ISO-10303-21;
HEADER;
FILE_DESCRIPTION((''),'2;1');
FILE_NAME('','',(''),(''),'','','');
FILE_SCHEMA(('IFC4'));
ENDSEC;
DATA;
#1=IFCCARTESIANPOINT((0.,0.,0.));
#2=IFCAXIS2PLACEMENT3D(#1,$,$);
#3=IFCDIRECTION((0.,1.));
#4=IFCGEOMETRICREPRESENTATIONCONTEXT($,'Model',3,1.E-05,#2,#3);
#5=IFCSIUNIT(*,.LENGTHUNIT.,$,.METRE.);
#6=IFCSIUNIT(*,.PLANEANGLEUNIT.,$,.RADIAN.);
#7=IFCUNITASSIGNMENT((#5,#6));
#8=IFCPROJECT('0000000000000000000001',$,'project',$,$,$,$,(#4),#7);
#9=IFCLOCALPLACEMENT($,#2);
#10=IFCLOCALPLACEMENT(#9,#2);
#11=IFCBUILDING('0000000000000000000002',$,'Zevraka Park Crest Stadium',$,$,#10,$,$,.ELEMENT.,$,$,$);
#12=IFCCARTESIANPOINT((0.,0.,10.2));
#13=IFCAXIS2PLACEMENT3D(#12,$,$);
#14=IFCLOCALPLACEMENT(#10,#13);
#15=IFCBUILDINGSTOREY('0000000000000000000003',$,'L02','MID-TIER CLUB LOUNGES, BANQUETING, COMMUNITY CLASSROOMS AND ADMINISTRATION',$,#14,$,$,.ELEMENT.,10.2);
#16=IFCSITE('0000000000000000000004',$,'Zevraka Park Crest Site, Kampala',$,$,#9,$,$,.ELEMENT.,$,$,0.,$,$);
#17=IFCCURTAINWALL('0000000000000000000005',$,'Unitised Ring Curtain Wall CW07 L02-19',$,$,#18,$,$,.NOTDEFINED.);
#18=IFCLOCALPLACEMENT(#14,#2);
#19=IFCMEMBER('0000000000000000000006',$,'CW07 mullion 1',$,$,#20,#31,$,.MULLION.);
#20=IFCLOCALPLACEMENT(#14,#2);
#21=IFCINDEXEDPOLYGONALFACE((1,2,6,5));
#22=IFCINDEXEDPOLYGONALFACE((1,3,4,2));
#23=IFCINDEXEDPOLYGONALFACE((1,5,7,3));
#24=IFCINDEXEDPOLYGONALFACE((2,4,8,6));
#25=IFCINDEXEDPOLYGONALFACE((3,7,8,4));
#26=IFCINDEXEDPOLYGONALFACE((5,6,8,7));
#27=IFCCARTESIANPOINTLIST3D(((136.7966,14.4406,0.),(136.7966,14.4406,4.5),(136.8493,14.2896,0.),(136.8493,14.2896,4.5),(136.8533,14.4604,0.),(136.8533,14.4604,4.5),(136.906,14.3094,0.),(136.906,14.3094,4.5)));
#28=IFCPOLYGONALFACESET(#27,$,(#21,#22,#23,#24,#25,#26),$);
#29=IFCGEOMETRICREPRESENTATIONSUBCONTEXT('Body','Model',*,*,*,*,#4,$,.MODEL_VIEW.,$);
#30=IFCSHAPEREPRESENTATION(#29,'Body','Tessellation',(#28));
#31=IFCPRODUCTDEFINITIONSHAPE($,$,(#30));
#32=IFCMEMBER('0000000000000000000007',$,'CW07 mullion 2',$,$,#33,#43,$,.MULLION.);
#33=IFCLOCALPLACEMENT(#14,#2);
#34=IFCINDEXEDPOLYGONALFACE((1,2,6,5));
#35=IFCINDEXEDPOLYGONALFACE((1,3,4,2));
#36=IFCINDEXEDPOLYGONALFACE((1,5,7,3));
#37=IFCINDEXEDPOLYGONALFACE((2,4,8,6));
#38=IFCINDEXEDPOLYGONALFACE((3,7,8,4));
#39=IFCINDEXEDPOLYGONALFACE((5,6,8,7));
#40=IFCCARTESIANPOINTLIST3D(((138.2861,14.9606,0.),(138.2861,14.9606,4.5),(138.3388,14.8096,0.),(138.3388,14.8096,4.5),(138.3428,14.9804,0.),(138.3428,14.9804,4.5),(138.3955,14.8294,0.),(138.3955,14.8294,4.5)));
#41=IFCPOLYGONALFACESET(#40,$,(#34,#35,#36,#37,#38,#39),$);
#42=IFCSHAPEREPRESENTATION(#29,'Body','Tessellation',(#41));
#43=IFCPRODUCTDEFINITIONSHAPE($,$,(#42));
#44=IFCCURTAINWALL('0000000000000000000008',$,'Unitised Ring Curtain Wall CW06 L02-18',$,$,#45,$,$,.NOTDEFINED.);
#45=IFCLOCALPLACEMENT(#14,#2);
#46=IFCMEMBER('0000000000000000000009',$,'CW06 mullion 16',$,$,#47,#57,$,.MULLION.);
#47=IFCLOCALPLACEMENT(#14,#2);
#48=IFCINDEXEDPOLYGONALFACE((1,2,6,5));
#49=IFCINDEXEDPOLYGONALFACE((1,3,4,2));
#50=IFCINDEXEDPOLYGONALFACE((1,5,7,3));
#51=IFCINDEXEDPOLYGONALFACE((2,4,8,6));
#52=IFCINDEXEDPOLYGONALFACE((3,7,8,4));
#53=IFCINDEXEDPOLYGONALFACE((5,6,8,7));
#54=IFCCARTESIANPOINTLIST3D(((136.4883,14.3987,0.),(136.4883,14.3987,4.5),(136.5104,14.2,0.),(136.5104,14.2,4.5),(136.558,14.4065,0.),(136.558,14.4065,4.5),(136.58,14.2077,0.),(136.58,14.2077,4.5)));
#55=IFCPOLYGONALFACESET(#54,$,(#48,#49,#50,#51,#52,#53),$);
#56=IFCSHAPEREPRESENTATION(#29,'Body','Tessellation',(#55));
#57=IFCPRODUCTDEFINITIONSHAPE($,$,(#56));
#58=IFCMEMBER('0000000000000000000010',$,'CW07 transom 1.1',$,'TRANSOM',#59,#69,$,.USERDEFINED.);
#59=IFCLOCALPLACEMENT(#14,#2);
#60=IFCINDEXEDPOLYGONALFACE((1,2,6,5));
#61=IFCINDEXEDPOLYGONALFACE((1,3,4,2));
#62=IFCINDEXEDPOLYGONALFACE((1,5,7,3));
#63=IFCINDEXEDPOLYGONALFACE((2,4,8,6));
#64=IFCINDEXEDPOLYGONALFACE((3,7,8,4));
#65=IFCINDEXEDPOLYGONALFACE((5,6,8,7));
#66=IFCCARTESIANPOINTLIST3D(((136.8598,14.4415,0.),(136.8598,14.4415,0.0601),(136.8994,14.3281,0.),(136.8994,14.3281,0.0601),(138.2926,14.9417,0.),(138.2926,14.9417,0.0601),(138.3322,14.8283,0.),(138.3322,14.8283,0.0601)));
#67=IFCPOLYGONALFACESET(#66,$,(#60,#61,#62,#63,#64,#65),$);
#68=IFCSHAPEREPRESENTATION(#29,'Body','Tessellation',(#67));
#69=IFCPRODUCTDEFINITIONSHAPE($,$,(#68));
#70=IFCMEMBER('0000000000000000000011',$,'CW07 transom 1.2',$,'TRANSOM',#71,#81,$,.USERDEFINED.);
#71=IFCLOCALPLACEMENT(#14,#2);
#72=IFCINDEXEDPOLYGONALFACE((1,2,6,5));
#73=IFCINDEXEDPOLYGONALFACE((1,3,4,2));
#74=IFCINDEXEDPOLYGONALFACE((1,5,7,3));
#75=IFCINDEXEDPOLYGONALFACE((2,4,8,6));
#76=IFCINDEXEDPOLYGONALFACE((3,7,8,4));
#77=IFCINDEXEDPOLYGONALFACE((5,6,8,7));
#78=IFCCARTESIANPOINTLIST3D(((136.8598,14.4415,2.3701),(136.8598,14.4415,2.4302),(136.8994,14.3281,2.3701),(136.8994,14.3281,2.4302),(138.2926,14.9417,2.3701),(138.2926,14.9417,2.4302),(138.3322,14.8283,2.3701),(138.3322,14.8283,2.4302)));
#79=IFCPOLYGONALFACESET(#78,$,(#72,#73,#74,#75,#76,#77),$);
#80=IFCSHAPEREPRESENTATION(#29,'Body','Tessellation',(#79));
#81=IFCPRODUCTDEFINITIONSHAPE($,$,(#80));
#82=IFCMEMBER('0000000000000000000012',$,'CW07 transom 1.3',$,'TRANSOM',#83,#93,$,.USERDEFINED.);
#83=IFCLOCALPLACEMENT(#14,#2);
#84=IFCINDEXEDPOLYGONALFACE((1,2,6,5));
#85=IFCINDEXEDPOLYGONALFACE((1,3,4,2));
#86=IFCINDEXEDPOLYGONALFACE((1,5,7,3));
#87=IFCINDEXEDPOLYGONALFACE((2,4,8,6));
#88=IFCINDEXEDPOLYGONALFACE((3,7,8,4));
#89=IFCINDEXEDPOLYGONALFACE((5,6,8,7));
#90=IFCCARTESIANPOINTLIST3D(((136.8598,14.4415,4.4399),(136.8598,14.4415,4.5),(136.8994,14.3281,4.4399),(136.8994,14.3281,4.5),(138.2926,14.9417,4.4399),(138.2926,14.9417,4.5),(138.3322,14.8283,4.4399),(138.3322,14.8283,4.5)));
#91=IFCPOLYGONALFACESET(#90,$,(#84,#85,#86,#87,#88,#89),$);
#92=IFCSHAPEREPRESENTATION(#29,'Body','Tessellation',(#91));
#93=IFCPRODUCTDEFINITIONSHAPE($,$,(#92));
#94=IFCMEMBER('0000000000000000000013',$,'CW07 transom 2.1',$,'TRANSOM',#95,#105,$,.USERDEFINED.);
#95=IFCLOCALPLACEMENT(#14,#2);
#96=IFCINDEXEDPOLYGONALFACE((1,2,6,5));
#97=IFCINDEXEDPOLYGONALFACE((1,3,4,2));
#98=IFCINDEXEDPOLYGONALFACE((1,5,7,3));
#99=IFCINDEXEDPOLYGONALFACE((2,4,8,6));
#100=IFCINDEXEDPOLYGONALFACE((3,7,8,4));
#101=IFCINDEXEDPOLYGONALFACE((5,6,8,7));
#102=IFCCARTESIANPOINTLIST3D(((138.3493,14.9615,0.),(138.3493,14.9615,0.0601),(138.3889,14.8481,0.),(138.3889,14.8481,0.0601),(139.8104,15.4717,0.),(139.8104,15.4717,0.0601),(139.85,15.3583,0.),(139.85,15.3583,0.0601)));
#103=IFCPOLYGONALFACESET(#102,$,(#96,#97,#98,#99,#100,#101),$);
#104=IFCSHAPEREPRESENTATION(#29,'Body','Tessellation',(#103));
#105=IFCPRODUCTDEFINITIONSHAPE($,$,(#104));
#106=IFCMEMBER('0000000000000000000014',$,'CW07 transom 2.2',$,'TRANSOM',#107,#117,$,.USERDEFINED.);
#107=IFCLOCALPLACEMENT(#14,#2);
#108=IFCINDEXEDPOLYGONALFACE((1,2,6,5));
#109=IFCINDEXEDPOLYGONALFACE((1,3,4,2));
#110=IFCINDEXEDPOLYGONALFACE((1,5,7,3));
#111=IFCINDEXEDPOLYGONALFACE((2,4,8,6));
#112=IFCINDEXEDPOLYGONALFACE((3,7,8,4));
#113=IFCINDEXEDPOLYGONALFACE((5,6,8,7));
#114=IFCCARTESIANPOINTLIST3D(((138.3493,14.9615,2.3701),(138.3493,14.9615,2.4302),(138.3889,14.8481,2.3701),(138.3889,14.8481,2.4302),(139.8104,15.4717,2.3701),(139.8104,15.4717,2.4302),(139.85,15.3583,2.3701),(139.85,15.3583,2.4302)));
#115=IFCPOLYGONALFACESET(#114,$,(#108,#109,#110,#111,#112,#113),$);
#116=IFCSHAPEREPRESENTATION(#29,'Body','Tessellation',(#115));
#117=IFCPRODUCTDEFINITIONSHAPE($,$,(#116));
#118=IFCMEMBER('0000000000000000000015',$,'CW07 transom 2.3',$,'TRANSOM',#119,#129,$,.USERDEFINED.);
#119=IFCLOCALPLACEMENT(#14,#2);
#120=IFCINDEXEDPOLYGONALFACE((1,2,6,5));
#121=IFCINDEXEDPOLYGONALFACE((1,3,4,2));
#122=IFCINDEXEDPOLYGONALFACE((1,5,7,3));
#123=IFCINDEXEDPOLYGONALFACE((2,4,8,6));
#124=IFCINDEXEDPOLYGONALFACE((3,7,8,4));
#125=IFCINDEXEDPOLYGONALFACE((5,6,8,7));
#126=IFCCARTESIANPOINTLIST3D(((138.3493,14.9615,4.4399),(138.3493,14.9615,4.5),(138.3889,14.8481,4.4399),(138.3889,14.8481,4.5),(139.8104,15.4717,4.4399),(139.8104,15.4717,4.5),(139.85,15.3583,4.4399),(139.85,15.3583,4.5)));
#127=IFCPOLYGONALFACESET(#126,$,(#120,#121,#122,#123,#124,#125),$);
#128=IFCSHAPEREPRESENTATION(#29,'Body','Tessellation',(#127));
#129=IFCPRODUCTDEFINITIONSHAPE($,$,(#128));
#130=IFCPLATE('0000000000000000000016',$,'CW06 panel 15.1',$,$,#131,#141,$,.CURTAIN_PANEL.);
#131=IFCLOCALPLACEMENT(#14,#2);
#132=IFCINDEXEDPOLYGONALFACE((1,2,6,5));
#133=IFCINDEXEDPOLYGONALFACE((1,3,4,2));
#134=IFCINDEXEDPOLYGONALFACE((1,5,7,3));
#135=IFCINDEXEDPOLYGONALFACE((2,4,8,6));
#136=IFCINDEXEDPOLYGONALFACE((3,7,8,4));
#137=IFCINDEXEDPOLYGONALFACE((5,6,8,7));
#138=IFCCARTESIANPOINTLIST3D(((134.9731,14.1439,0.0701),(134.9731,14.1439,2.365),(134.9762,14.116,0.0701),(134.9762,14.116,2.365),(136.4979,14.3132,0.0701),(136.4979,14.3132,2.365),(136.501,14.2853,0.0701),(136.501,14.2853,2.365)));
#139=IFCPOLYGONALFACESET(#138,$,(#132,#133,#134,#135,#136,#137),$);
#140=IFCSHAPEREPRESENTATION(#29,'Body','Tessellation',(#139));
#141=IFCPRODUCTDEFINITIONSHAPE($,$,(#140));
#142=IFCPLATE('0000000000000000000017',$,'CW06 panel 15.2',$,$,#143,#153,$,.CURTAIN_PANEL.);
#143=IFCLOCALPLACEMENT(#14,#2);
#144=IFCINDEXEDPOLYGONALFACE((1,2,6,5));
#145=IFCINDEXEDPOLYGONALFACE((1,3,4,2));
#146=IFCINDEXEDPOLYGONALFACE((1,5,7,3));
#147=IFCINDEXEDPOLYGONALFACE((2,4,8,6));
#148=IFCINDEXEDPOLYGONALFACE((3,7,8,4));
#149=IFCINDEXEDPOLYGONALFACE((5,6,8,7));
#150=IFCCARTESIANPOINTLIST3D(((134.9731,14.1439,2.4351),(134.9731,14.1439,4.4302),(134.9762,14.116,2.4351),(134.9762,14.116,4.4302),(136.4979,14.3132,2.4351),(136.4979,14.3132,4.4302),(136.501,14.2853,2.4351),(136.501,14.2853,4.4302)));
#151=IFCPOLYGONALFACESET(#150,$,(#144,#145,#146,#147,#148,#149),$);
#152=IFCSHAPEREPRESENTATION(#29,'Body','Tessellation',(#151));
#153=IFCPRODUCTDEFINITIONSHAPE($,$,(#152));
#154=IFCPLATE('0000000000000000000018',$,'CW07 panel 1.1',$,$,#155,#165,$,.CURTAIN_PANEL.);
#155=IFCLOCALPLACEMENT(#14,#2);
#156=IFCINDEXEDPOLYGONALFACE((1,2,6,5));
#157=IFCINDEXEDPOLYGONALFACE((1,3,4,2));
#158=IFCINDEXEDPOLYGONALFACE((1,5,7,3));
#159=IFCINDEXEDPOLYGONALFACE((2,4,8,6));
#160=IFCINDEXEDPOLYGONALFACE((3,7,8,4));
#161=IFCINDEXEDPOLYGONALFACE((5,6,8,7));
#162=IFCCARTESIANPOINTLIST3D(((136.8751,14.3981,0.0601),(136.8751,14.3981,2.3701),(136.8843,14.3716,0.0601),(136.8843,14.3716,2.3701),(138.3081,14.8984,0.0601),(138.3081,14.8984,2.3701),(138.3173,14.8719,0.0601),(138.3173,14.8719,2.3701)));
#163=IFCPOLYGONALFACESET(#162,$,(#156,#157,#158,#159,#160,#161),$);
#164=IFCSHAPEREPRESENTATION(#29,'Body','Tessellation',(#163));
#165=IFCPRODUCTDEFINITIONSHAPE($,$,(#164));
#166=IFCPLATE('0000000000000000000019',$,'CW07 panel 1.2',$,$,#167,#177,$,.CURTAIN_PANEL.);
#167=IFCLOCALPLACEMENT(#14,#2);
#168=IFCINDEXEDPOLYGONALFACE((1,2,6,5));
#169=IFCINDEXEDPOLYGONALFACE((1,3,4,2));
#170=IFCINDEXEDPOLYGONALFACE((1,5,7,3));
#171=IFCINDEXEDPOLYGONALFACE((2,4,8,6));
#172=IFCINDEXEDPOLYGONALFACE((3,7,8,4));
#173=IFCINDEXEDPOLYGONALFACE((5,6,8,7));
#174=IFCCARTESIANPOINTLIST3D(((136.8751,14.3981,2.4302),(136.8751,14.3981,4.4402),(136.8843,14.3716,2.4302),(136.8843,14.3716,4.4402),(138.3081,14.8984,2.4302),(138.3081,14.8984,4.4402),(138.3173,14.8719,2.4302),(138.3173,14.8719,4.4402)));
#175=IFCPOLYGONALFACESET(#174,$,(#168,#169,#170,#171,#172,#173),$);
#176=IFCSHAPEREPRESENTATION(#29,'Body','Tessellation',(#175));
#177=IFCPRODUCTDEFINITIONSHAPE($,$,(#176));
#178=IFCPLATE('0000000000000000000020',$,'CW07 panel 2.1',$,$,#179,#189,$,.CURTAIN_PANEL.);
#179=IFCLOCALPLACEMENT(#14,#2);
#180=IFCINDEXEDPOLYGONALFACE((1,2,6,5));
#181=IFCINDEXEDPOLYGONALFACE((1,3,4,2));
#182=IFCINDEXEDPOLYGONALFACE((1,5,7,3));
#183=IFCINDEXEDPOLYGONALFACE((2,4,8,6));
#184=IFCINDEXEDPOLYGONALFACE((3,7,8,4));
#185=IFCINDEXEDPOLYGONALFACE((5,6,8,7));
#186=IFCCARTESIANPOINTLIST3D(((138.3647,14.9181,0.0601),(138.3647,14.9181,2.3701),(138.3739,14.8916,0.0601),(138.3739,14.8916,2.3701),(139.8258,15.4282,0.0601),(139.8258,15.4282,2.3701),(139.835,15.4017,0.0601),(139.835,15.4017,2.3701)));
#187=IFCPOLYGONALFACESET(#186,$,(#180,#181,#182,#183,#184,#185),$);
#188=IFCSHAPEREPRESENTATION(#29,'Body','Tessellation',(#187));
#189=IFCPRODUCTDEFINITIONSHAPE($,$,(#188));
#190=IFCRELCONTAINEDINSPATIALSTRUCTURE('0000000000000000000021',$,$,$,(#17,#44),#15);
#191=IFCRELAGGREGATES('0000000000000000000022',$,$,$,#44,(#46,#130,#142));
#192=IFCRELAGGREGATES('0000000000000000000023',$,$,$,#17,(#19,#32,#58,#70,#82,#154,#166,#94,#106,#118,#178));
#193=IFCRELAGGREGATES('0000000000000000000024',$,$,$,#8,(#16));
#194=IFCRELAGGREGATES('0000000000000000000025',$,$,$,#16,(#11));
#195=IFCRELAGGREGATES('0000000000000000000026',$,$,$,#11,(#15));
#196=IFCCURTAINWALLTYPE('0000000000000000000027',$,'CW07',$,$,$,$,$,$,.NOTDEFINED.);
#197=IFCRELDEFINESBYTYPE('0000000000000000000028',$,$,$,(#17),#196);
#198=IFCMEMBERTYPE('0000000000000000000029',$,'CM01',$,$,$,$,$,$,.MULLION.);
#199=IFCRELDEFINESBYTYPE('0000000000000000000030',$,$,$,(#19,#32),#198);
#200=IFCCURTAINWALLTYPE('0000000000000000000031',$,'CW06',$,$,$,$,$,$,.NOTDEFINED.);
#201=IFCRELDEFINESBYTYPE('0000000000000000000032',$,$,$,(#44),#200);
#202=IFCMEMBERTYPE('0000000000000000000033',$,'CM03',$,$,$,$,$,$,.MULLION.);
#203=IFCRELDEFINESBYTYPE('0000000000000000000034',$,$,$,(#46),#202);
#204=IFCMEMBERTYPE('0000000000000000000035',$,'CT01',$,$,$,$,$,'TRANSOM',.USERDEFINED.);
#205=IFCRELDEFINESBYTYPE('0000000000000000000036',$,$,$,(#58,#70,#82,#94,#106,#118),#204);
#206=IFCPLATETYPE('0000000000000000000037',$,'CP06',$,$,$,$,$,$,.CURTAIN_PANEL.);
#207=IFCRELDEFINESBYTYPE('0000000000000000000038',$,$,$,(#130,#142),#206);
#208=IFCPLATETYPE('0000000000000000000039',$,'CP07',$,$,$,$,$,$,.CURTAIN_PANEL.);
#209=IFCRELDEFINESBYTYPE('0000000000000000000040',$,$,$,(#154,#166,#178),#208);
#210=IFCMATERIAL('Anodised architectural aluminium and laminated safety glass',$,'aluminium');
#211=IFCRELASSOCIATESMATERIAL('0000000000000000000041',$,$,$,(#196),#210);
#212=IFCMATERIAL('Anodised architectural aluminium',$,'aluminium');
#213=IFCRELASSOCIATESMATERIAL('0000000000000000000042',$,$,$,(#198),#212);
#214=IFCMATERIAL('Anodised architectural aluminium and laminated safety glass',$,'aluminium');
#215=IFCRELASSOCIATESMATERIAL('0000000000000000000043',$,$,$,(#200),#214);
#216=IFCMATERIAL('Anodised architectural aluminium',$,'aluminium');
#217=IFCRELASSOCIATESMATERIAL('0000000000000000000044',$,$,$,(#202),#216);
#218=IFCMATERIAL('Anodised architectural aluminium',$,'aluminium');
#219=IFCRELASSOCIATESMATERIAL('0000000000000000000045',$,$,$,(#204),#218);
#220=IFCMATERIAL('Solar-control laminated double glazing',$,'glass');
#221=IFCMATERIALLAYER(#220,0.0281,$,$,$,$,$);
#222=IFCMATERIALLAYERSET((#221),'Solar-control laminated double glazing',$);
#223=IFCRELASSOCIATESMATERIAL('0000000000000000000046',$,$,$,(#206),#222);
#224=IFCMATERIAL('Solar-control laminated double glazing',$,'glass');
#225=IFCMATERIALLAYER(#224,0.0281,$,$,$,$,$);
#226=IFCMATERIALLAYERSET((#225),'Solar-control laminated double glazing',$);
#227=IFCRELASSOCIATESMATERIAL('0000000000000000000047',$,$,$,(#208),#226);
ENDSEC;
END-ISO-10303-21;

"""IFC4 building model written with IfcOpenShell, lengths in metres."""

from ifc_helpers import new_model, si_unit, direction, frame, origin, origin_2d, place, context, subcontext, project, spatial, rectangle, extrude, material, layer, layer_set, material_profile, profile_set, type_object, element, aggregate, save


model = new_model("IFC4")

# Units and contexts
model_context = context("Model", 3, precision=1e-05, world=origin(), true_north=direction((0.0, 1.0)))
body_context = subcontext(model_context, "Body", "Model", "MODEL_VIEW")
ifc_project = project(units=[si_unit("LENGTHUNIT", "METRE"), si_unit("PLANEANGLEUNIT", "RADIAN")], contexts=[model_context])

# Site, building, storey
site_placement = place(None, origin())
site = spatial("IfcSite", under=ifc_project, at=site_placement, Name="Zevraka Park Crest Site, Kampala", CompositionType="ELEMENT", RefElevation=0.0)
building_placement = place(site_placement, origin())
building = spatial("IfcBuilding", under=site, at=building_placement, Name="Zevraka Park Crest Stadium", CompositionType="ELEMENT")
storey_placement = place(building_placement, frame((0.0, 0.0, 10.2)))
storey = spatial("IfcBuildingStorey", under=building, at=storey_placement, Name="L02", Description="MID-TIER CLUB LOUNGES, BANQUETING, COMMUNITY CLASSROOMS AND ADMINISTRATION", CompositionType="ELEMENT", Elevation=10.2)

# Curtain wall, members
ifc_material_1 = material(Name="Anodised architectural aluminium and laminated safety glass", Category="aluminium")
curtain_wall_type_1 = type_object("IfcCurtainWallType", Name="CW07", PredefinedType="NOTDEFINED", material=ifc_material_1)
curtain_wall_1_placement = place(storey_placement, origin())
curtain_wall_1 = element("IfcCurtainWall", 1, at=curtain_wall_1_placement, inside=storey, type_object=curtain_wall_type_1, Name="Unitised Ring Curtain Wall CW07 L02-19", PredefinedType="NOTDEFINED")
ifc_material_2 = material(Name="Anodised architectural aluminium", Category="aluminium")
ifc_material_profile_1 = material_profile(ifc_material_2, rectangle(XDim=0.1599, YDim=0.0601, at=origin_2d()), Name="ALU MULLION 160x60")
ifc_profile_set_1 = profile_set([ifc_material_profile_1], Name="Anodised architectural aluminium")
member_type_1 = type_object("IfcMemberType", Name="CM01", PredefinedType="MULLION", material=ifc_profile_set_1)
member_1_placement = place(storey_placement, frame((136.8513, 14.375, 0.0), z_axis=(0.0, 0.0, 1.0), x_axis=(-0.329619, 0.944114, 0.0)))
member_1 = element("IfcMember", 2, at=member_1_placement, type_object=member_type_1, Name="CW07 mullion 1", PredefinedType="MULLION", context=body_context, shape_type="SweptSolid", body=[
    extrude(rectangle(XDim=0.1599, YDim=0.0601, at=origin_2d()), origin(), (0.0, 0.0, 1.0), 4.5),
])
member_2_placement = place(storey_placement, frame((138.3408, 14.895, 0.0), z_axis=(0.0, 0.0, 1.0), x_axis=(-0.329619, 0.944114, 0.0)))
member_2 = element("IfcMember", 3, at=member_2_placement, type_object=member_type_1, Name="CW07 mullion 2", PredefinedType="MULLION", context=body_context, shape_type="SweptSolid", body=[
    extrude(rectangle(XDim=0.1599, YDim=0.0601, at=origin_2d()), origin(), (0.0, 0.0, 1.0), 4.5),
])

# Curtain wall, member
ifc_material_3 = material(Name="Anodised architectural aluminium and laminated safety glass", Category="aluminium")
curtain_wall_type_2 = type_object("IfcCurtainWallType", Name="CW06", PredefinedType="NOTDEFINED", material=ifc_material_3)
curtain_wall_2_placement = place(storey_placement, origin())
curtain_wall_2 = element("IfcCurtainWall", 4, at=curtain_wall_2_placement, inside=storey, type_object=curtain_wall_type_2, Name="Unitised Ring Curtain Wall CW06 L02-18", PredefinedType="NOTDEFINED")
ifc_material_4 = material(Name="Anodised architectural aluminium", Category="aluminium")
ifc_material_profile_2 = material_profile(ifc_material_4, rectangle(XDim=0.2, YDim=0.0701, at=origin_2d()), Name="ALU MULLION 200x70")
ifc_profile_set_2 = profile_set([ifc_material_profile_2], Name="Anodised architectural aluminium")
member_type_2 = type_object("IfcMemberType", Name="CM03", PredefinedType="MULLION", material=ifc_profile_set_2)
member_3_placement = place(storey_placement, frame((136.5342, 14.3032, 0.0), z_axis=(0.0, 0.0, 1.0), x_axis=(-0.110293, 0.993899, 0.0)))
member_3 = element("IfcMember", 5, at=member_3_placement, type_object=member_type_2, Name="CW06 mullion 16", PredefinedType="MULLION", context=body_context, shape_type="SweptSolid", body=[
    extrude(rectangle(XDim=0.2, YDim=0.0701, at=origin_2d()), origin(), (0.0, 0.0, 1.0), 4.5),
])

# Members
ifc_material_5 = material(Name="Anodised architectural aluminium", Category="aluminium")
ifc_material_profile_3 = material_profile(ifc_material_5, rectangle(XDim=0.1201, YDim=0.0601, at=origin_2d()), Name="ALU TRANSOM 120x60")
ifc_profile_set_3 = profile_set([ifc_material_profile_3], Name="Anodised architectural aluminium")
member_type_3 = type_object("IfcMemberType", Name="CT01", ElementType="TRANSOM", PredefinedType="USERDEFINED", material=ifc_profile_set_3)
member_4_placement = place(storey_placement, frame((136.8796, 14.3848, 0.03), z_axis=(0.944116, 0.329612, 0.0), x_axis=(-0.329612, 0.944116, 0.0)))
member_4 = element("IfcMember", 6, at=member_4_placement, type_object=member_type_3, Name="CW07 transom 1.1", ObjectType="TRANSOM", PredefinedType="USERDEFINED", context=body_context, shape_type="SweptSolid", body=[
    extrude(rectangle(XDim=0.1201, YDim=0.0601, at=origin_2d()), origin(), (0.0, 0.0, 1.0), 1.5176),
])
member_5_placement = place(storey_placement, frame((136.8796, 14.3848, 2.4001), z_axis=(0.944116, 0.329612, 0.0), x_axis=(-0.329612, 0.944116, 0.0)))
member_5 = element("IfcMember", 7, at=member_5_placement, type_object=member_type_3, Name="CW07 transom 1.2", ObjectType="TRANSOM", PredefinedType="USERDEFINED", context=body_context, shape_type="SweptSolid", body=[
    extrude(rectangle(XDim=0.1201, YDim=0.0601, at=origin_2d()), origin(), (0.0, 0.0, 1.0), 1.5176),
])
member_6_placement = place(storey_placement, frame((136.8796, 14.3848, 4.47), z_axis=(0.944116, 0.329612, 0.0), x_axis=(-0.329612, 0.944116, 0.0)))
member_6 = element("IfcMember", 8, at=member_6_placement, type_object=member_type_3, Name="CW07 transom 1.3", ObjectType="TRANSOM", PredefinedType="USERDEFINED", context=body_context, shape_type="SweptSolid", body=[
    extrude(rectangle(XDim=0.1201, YDim=0.0601, at=origin_2d()), origin(), (0.0, 0.0, 1.0), 1.5176),
])
member_7_placement = place(storey_placement, frame((138.3691, 14.9048, 0.03), z_axis=(0.944092, 0.329683, 0.0), x_axis=(-0.329683, 0.944092, 0.0)))
member_7 = element("IfcMember", 9, at=member_7_placement, type_object=member_type_3, Name="CW07 transom 2.1", ObjectType="TRANSOM", PredefinedType="USERDEFINED", context=body_context, shape_type="SweptSolid", body=[
    extrude(rectangle(XDim=0.1201, YDim=0.0601, at=origin_2d()), origin(), (0.0, 0.0, 1.0), 1.5476),
])
member_8_placement = place(storey_placement, frame((138.3691, 14.9048, 2.4001), z_axis=(0.944092, 0.329683, 0.0), x_axis=(-0.329683, 0.944092, 0.0)))
member_8 = element("IfcMember", 10, at=member_8_placement, type_object=member_type_3, Name="CW07 transom 2.2", ObjectType="TRANSOM", PredefinedType="USERDEFINED", context=body_context, shape_type="SweptSolid", body=[
    extrude(rectangle(XDim=0.1201, YDim=0.0601, at=origin_2d()), origin(), (0.0, 0.0, 1.0), 1.5476),
])
member_9_placement = place(storey_placement, frame((138.3691, 14.9048, 4.47), z_axis=(0.944092, 0.329683, 0.0), x_axis=(-0.329683, 0.944092, 0.0)))
member_9 = element("IfcMember", 11, at=member_9_placement, type_object=member_type_3, Name="CW07 transom 2.3", ObjectType="TRANSOM", PredefinedType="USERDEFINED", context=body_context, shape_type="SweptSolid", body=[
    extrude(rectangle(XDim=0.1201, YDim=0.0601, at=origin_2d()), origin(), (0.0, 0.0, 1.0), 1.5476),
])

# Plates
ifc_material_6 = material(Name="Solar-control laminated double glazing", Category="glass")
ifc_layer_1 = layer(ifc_material_6, 0.0281)
ifc_layer_set_1 = layer_set([ifc_layer_1], Name="Solar-control laminated double glazing")
plate_type_1 = type_object("IfcPlateType", Name="CP06", PredefinedType="CURTAIN_PANEL", material=ifc_layer_set_1)
plate_1_placement = place(storey_placement, frame((135.7371, 14.2146, 0.0701), z_axis=(0.0, 0.0, 1.0), x_axis=(0.993899, 0.110293, 0.0)))
plate_1 = element("IfcPlate", 12, at=plate_1_placement, type_object=plate_type_1, Name="CW06 panel 15.1", PredefinedType="CURTAIN_PANEL", context=body_context, shape_type="SweptSolid", body=[
    extrude(rectangle(XDim=1.5342, YDim=0.0281, at=origin_2d()), origin(), (0.0, 0.0, 1.0), 2.2949),
])
plate_2_placement = place(storey_placement, frame((135.7371, 14.2146, 2.4351), z_axis=(0.0, 0.0, 1.0), x_axis=(0.993899, 0.110293, 0.0)))
plate_2 = element("IfcPlate", 13, at=plate_2_placement, type_object=plate_type_1, Name="CW06 panel 15.2", PredefinedType="CURTAIN_PANEL", context=body_context, shape_type="SweptSolid", body=[
    extrude(rectangle(XDim=1.5342, YDim=0.0281, at=origin_2d()), origin(), (0.0, 0.0, 1.0), 1.9951),
])
aggregate(curtain_wall_2, [member_3, plate_1, plate_2])
ifc_material_7 = material(Name="Solar-control laminated double glazing", Category="glass")
ifc_layer_2 = layer(ifc_material_7, 0.0281)
ifc_layer_set_2 = layer_set([ifc_layer_2], Name="Solar-control laminated double glazing")
plate_type_2 = type_object("IfcPlateType", Name="CP07", PredefinedType="CURTAIN_PANEL", material=ifc_layer_set_2)
plate_3_placement = place(storey_placement, frame((137.5962, 14.635, 0.0601), z_axis=(0.0, 0.0, 1.0), x_axis=(0.944114, 0.329619, 0.0)))
plate_3 = element("IfcPlate", 14, at=plate_3_placement, type_object=plate_type_2, Name="CW07 panel 1.1", PredefinedType="CURTAIN_PANEL", context=body_context, shape_type="SweptSolid", body=[
    extrude(rectangle(XDim=1.5178, YDim=0.0281, at=origin_2d()), origin(), (0.0, 0.0, 1.0), 2.3101),
])
plate_4_placement = place(storey_placement, frame((137.5962, 14.635, 2.4302), z_axis=(0.0, 0.0, 1.0), x_axis=(0.944114, 0.329619, 0.0)))
plate_4 = element("IfcPlate", 15, at=plate_4_placement, type_object=plate_type_2, Name="CW07 panel 1.2", PredefinedType="CURTAIN_PANEL", context=body_context, shape_type="SweptSolid", body=[
    extrude(rectangle(XDim=1.5178, YDim=0.0281, at=origin_2d()), origin(), (0.0, 0.0, 1.0), 2.01),
])
plate_5_placement = place(storey_placement, frame((139.0999, 15.1599, 0.0601), z_axis=(0.0, 0.0, 1.0), x_axis=(0.944114, 0.329619, 0.0)))
plate_5 = element("IfcPlate", 16, at=plate_5_placement, type_object=plate_type_2, Name="CW07 panel 2.1", PredefinedType="CURTAIN_PANEL", context=body_context, shape_type="SweptSolid", body=[
    extrude(rectangle(XDim=1.5476, YDim=0.0281, at=origin_2d()), origin(), (0.0, 0.0, 1.0), 2.3101),
])
aggregate(curtain_wall_1, [member_1, member_2, member_4, member_5, member_6, plate_3, plate_4, member_7, member_8, member_9, plate_5])

save(model, "model.ifc")
